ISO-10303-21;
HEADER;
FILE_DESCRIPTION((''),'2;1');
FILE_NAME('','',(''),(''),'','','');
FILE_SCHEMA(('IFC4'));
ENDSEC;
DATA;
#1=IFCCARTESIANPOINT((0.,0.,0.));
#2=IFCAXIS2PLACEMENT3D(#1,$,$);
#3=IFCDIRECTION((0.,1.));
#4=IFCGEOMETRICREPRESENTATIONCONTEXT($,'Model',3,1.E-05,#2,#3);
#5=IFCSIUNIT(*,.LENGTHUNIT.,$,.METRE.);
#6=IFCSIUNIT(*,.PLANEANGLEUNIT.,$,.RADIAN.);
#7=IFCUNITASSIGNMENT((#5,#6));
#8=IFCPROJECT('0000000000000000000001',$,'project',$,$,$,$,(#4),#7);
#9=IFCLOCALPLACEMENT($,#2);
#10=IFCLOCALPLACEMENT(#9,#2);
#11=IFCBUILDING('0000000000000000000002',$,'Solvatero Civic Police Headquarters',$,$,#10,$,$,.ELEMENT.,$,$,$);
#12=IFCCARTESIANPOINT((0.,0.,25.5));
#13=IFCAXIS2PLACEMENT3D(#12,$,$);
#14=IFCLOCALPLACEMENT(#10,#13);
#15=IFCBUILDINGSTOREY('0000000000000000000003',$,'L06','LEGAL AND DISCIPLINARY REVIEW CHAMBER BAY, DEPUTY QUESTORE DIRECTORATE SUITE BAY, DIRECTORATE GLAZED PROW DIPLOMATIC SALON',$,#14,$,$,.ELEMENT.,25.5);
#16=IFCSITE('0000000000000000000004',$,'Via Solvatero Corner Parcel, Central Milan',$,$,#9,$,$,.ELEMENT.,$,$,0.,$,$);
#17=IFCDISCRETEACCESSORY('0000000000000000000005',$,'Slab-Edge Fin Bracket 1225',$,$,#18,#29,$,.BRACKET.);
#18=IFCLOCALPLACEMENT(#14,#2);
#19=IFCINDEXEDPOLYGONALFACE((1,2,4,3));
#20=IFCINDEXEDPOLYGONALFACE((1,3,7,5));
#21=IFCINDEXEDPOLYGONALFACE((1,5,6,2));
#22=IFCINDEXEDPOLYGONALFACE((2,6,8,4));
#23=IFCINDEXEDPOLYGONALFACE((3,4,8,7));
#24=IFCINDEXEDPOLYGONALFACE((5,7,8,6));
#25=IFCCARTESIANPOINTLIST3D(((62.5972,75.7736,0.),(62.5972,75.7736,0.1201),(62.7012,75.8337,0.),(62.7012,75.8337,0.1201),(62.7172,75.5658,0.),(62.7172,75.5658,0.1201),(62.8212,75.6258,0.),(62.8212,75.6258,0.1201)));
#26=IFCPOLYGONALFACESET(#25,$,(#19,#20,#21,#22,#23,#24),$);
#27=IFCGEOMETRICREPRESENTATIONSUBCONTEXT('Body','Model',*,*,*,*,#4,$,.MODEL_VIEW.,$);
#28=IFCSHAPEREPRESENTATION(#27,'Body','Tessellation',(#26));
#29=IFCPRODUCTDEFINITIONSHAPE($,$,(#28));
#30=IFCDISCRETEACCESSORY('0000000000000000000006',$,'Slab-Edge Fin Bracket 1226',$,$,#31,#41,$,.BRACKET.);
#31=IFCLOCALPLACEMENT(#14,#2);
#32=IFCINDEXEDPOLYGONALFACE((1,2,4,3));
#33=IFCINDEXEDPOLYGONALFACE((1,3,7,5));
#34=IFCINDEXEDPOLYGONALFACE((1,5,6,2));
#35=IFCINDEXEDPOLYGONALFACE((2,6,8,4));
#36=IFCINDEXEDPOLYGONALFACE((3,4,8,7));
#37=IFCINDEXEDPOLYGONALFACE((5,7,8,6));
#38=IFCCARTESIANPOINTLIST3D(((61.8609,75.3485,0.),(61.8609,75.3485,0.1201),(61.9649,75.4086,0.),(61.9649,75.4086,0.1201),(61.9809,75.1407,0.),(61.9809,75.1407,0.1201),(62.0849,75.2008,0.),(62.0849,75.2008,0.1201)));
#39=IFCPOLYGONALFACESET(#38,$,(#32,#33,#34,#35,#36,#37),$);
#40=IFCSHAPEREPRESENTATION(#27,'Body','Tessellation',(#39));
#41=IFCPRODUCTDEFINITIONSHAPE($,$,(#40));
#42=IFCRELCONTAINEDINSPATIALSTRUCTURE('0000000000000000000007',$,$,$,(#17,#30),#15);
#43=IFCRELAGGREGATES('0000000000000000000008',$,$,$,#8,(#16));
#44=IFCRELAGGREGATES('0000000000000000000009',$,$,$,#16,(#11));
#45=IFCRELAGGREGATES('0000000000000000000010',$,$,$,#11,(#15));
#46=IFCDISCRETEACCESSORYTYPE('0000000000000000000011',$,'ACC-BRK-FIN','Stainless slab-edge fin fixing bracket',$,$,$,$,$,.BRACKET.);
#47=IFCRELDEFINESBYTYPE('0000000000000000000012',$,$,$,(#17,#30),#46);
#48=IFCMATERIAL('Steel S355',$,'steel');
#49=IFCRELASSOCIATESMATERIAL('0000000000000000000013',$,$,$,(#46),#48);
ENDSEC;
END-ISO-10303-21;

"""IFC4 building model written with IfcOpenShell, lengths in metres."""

from ifc_helpers import new_model, si_unit, direction, frame, origin, origin_2d, place, context, subcontext, project, spatial, rectangle, extrude, material, type_object, element, save


model = new_model("IFC4")

# Units and contexts
model_context = context("Model", 3, precision=1e-05, world=origin(), true_north=direction((0.0, 1.0)))
body_context = subcontext(model_context, "Body", "Model", "MODEL_VIEW")
ifc_project = project(units=[si_unit("LENGTHUNIT", "METRE"), si_unit("PLANEANGLEUNIT", "RADIAN")], contexts=[model_context])

# Site, building, storey
site_placement = place(None, origin())
site = spatial("IfcSite", under=ifc_project, at=site_placement, Name="Via Solvatero Corner Parcel, Central Milan", CompositionType="ELEMENT", RefElevation=0.0)
building_placement = place(site_placement, origin())
building = spatial("IfcBuilding", under=site, at=building_placement, Name="Solvatero Civic Police Headquarters", CompositionType="ELEMENT")
storey_placement = place(building_placement, frame((0.0, 0.0, 25.5)))
storey = spatial("IfcBuildingStorey", under=building, at=storey_placement, Name="L06", Description="LEGAL AND DISCIPLINARY REVIEW CHAMBER BAY, DEPUTY QUESTORE DIRECTORATE SUITE BAY, DIRECTORATE GLAZED PROW DIPLOMATIC SALON", CompositionType="ELEMENT", Elevation=25.5)

# Shared definitions
ifc_material_1 = material(Name="Steel S355", Category="steel")

# Discrete accessories
discrete_accessory_type = type_object("IfcDiscreteAccessoryType", Name="ACC-BRK-FIN", Description="Stainless slab-edge fin fixing bracket", PredefinedType="BRACKET", material=ifc_material_1)
for number, where, z_axis, x_axis, name in (
    (1, (62.7092, 75.6997, 0.0), (0.0, 0.0, 1.0), (-0.866025, -0.5, 0.0), "Slab-Edge Fin Bracket 1225"),
    (2, (61.9729, 75.2747, 0.0), (0.0, 0.0, 1.0), (-0.866025, -0.5, 0.0), "Slab-Edge Fin Bracket 1226"),
):
    element("IfcDiscreteAccessory", number, at=place(storey_placement, frame(where, z_axis=z_axis, x_axis=x_axis)), inside=storey, type_object=discrete_accessory_type, Name=name, PredefinedType="BRACKET", context=body_context, shape_type="SweptSolid", body=[
        extrude(rectangle(XDim=0.1201, YDim=0.24, at=origin_2d()), origin(), (0.0, 0.0, 1.0), 0.1201),
    ])

save(model, "model.ifc")
